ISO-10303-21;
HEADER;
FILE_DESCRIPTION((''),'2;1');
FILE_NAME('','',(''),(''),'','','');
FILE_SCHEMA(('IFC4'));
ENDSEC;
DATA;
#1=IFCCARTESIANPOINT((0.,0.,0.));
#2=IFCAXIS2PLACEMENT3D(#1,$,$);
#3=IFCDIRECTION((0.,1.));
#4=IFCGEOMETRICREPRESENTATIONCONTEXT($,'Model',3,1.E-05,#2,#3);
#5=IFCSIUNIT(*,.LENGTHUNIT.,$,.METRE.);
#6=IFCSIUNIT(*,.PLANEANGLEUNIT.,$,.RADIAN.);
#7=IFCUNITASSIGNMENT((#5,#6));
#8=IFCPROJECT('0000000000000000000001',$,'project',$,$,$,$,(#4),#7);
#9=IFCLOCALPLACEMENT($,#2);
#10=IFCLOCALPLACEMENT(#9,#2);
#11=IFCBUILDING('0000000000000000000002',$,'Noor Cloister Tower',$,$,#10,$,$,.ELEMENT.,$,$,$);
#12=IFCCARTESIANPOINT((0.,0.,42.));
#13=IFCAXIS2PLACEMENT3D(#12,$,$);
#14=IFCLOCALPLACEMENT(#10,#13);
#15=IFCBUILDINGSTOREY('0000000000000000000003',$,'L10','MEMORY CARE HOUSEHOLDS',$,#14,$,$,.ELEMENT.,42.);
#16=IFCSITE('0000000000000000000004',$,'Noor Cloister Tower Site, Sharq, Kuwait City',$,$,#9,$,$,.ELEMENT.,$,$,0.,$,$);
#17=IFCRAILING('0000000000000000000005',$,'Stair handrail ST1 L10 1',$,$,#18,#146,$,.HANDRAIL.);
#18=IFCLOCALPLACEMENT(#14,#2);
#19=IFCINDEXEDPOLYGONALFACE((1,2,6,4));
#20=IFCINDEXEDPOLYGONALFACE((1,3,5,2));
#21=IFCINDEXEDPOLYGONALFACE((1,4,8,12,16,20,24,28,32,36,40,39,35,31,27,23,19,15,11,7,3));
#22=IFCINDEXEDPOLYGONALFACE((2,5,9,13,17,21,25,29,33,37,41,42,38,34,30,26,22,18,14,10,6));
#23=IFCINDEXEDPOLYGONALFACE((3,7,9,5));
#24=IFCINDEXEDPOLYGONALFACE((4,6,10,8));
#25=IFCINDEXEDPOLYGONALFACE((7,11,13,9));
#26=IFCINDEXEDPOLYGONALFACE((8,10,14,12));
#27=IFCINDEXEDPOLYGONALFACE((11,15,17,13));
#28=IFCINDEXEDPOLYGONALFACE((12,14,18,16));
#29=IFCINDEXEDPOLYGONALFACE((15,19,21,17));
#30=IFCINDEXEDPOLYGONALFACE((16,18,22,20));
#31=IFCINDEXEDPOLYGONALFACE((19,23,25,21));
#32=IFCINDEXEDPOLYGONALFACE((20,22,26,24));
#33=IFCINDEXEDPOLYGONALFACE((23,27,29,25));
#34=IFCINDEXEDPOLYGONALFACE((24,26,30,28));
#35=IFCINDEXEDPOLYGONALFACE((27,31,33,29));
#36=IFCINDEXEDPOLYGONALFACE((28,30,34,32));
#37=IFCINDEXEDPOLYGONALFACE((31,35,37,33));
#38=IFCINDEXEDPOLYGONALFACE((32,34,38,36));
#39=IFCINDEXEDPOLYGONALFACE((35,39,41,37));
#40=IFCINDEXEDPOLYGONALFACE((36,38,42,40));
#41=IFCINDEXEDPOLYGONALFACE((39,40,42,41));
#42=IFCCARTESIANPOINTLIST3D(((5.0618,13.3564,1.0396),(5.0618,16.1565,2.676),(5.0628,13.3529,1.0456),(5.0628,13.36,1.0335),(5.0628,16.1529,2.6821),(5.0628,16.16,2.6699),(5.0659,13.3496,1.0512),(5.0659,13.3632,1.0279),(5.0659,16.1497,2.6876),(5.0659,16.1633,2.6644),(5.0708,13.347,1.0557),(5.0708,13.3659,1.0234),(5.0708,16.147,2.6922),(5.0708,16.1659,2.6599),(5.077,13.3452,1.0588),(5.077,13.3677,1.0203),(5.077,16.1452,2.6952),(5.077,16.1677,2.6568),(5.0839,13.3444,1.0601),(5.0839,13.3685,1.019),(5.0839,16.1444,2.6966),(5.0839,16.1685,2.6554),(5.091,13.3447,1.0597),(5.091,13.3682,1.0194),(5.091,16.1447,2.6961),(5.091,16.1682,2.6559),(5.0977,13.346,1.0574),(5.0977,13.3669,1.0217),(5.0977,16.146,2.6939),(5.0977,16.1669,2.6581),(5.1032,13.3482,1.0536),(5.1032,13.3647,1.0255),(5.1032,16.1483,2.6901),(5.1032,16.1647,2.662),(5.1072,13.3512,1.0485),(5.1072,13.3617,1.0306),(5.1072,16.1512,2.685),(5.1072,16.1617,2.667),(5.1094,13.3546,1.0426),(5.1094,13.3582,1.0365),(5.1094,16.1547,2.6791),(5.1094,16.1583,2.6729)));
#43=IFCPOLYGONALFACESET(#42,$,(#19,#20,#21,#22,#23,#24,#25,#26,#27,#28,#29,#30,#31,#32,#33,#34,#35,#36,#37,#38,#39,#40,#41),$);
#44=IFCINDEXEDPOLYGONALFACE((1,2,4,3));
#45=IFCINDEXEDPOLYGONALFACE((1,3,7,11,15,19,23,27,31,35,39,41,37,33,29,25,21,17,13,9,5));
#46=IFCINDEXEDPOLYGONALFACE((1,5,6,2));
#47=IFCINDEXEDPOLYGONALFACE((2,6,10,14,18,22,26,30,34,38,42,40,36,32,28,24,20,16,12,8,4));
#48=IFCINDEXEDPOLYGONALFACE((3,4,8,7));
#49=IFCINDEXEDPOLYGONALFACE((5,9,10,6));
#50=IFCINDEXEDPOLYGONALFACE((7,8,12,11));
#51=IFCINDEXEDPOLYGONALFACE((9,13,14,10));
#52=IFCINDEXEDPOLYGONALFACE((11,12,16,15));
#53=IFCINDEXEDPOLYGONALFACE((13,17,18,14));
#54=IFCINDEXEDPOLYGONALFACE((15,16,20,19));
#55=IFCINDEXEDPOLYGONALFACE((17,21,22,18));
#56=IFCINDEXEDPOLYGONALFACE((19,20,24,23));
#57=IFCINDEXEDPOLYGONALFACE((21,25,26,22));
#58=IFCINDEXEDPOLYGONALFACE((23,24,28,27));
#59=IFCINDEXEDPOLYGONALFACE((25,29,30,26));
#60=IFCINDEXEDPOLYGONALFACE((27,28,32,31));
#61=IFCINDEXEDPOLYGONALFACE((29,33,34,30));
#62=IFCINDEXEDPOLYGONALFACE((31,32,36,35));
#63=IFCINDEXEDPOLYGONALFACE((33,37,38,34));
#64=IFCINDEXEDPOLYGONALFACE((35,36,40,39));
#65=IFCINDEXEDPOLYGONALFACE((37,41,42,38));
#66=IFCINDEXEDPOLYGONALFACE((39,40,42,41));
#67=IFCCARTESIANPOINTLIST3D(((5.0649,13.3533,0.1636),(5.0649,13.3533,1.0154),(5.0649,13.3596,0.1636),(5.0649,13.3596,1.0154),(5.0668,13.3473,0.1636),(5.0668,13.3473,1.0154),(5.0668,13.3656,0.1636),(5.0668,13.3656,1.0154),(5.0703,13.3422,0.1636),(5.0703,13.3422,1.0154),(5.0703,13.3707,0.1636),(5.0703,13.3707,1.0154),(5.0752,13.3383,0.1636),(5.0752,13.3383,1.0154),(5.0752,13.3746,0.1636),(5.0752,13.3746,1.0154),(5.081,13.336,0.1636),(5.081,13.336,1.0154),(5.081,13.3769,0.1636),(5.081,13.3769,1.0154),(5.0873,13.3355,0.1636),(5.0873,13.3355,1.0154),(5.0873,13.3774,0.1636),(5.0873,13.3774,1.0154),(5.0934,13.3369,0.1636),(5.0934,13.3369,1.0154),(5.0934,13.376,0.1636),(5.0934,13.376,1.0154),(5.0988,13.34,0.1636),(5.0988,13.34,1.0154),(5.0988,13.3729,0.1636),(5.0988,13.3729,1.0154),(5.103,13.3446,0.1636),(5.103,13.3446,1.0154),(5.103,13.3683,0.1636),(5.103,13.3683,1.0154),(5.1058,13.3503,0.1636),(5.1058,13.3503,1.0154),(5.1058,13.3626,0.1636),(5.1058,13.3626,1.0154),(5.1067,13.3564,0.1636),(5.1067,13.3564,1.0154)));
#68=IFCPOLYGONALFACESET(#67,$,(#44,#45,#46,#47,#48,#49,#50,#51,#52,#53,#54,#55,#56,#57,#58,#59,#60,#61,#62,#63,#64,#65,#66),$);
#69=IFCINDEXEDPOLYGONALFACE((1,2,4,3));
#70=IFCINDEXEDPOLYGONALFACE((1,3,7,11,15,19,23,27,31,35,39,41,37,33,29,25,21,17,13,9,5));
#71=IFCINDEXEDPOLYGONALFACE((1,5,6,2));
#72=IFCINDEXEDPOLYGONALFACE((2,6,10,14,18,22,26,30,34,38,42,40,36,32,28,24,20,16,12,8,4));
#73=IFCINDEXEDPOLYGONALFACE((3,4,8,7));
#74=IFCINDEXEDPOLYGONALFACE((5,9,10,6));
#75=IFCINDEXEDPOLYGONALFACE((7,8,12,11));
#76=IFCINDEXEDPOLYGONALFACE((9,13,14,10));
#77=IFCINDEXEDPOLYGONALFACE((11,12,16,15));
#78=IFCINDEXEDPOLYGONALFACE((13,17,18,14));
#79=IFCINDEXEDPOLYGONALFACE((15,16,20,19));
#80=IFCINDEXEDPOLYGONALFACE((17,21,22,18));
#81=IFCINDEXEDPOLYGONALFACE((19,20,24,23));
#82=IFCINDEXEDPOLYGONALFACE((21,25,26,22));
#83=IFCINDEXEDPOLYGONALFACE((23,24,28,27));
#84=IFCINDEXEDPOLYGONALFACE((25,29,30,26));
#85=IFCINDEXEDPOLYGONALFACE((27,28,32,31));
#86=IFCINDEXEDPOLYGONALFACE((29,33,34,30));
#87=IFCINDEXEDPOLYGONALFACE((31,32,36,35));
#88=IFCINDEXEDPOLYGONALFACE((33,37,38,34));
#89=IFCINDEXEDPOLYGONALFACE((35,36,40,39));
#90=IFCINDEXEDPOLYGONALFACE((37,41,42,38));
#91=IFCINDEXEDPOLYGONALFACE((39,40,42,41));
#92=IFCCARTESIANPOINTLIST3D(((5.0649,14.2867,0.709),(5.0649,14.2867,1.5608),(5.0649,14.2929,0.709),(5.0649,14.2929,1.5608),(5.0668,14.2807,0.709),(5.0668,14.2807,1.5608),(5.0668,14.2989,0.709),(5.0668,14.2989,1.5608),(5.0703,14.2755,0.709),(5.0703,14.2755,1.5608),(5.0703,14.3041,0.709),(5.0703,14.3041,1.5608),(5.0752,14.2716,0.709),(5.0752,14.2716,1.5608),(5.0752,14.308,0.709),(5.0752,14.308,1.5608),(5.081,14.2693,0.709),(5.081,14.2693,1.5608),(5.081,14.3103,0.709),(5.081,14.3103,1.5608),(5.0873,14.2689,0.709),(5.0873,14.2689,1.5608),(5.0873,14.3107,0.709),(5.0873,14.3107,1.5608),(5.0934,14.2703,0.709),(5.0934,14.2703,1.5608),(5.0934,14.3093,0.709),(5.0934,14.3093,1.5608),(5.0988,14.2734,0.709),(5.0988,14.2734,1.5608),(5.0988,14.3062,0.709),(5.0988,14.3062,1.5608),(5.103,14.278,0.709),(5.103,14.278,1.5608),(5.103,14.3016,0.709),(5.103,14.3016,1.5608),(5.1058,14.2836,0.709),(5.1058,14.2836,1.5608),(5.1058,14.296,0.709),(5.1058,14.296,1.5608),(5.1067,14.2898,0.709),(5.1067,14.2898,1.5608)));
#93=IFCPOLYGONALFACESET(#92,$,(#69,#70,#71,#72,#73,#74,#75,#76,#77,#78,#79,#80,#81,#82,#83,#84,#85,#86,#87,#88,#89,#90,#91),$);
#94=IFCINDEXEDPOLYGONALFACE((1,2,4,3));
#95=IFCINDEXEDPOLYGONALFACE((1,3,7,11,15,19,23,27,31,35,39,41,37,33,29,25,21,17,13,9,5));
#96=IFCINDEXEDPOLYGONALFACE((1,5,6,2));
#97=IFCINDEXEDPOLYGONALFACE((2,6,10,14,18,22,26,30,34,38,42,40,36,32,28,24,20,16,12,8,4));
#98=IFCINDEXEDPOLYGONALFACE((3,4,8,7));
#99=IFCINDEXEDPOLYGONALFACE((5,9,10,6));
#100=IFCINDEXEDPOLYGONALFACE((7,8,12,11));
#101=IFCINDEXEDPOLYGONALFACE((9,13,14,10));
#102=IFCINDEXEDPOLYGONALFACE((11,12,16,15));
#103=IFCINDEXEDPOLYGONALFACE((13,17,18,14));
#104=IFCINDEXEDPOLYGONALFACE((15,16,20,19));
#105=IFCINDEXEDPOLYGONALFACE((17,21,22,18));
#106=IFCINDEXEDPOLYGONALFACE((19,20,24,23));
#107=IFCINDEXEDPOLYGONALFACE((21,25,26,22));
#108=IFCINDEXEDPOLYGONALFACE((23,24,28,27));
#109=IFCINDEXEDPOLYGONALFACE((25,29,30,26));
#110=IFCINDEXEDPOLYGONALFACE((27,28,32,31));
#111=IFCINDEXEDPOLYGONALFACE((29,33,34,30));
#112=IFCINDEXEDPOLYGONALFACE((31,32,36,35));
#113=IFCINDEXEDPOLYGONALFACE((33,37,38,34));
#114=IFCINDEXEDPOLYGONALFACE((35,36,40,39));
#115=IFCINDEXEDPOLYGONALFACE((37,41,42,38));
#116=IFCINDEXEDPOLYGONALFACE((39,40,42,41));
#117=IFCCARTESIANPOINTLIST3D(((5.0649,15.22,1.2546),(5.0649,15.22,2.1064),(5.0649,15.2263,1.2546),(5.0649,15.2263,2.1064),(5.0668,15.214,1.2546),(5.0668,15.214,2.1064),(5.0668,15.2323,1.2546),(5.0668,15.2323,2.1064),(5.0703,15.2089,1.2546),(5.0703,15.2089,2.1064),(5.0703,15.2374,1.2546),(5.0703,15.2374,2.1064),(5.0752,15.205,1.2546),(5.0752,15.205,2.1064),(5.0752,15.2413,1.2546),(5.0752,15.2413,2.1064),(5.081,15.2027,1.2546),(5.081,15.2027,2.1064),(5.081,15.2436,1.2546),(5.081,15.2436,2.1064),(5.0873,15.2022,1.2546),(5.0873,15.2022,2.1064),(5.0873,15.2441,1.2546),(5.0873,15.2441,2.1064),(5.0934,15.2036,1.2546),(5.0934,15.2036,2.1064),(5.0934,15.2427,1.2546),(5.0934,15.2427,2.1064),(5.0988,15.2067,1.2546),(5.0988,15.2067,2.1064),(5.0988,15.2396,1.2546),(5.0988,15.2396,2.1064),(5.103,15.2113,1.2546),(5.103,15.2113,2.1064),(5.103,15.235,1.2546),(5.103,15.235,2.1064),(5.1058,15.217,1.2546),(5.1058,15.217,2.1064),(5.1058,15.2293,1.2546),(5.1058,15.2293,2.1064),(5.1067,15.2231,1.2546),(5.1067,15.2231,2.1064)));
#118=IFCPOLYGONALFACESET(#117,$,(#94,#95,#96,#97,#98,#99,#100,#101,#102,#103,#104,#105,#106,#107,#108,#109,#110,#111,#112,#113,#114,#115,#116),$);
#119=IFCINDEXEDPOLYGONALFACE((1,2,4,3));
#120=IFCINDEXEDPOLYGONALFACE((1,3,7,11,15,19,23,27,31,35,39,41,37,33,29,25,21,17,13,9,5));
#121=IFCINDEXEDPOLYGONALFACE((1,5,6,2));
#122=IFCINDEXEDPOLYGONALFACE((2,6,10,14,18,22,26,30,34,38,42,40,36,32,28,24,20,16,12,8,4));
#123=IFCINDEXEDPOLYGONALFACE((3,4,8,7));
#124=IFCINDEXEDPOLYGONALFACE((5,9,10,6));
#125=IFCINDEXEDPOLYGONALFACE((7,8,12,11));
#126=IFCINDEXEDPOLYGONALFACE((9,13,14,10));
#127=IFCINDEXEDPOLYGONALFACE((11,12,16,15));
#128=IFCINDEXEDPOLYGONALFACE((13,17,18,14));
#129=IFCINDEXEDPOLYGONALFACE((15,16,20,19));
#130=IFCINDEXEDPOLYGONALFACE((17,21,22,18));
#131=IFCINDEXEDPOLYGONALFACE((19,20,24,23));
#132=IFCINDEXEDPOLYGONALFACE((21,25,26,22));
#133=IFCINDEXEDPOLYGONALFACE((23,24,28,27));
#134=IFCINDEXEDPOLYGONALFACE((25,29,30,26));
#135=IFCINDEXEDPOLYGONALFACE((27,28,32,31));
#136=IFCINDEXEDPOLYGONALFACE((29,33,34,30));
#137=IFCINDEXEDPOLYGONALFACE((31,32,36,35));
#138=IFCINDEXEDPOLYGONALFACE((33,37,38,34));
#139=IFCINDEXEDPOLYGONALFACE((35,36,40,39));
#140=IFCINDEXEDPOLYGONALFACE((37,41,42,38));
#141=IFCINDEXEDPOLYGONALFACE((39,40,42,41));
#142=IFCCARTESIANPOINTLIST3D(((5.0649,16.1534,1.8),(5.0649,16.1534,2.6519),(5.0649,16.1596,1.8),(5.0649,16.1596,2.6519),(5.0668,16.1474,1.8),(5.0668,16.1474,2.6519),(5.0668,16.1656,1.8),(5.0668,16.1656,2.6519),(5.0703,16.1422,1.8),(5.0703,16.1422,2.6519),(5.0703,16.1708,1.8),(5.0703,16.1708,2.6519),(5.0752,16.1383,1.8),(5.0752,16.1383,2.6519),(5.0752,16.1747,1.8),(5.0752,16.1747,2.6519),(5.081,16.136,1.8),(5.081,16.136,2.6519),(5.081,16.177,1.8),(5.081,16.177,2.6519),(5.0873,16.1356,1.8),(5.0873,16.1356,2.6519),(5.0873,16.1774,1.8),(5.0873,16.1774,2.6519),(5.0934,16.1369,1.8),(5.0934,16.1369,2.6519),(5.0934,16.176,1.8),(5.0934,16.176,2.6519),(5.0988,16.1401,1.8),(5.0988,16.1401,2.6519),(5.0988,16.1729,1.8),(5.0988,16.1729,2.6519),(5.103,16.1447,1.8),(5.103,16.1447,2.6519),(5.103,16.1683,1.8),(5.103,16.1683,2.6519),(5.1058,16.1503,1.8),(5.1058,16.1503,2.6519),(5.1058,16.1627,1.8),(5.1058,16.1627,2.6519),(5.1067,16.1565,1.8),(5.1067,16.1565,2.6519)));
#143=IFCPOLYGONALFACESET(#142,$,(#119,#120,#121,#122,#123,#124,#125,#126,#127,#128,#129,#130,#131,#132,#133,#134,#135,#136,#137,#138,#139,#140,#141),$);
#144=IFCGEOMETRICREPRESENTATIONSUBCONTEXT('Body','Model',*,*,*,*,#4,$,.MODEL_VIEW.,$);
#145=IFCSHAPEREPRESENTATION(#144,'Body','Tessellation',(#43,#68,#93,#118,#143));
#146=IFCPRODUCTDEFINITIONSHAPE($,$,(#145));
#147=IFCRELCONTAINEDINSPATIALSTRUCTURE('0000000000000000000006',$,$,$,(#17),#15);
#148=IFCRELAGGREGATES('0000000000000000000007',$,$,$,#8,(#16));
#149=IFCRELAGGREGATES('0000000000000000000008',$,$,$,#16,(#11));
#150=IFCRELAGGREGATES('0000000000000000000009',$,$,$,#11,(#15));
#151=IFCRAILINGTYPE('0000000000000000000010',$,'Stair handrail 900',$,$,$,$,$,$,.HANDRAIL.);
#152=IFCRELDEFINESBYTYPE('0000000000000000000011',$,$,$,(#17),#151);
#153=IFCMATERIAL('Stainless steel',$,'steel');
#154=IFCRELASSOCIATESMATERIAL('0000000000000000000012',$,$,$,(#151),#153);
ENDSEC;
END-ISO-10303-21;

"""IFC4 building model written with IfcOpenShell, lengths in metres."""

from ifc_helpers import new_model, si_unit, direction, frame, origin, origin_2d, place, context, subcontext, project, spatial, circle, extrude, material, type_object, element, save


model = new_model("IFC4")

# Units and contexts
model_context = context("Model", 3, precision=1e-05, world=origin(), true_north=direction((0.0, 1.0)))
body_context = subcontext(model_context, "Body", "Model", "MODEL_VIEW")
ifc_project = project(units=[si_unit("LENGTHUNIT", "METRE"), si_unit("PLANEANGLEUNIT", "RADIAN")], contexts=[model_context])

# Site, building, storey
site_placement = place(None, origin())
site = spatial("IfcSite", under=ifc_project, at=site_placement, Name="Noor Cloister Tower Site, Sharq, Kuwait City", CompositionType="ELEMENT", RefElevation=0.0)
building_placement = place(site_placement, origin())
building = spatial("IfcBuilding", under=site, at=building_placement, Name="Noor Cloister Tower", CompositionType="ELEMENT")
storey_placement = place(building_placement, frame((0.0, 0.0, 42.0)))
storey = spatial("IfcBuildingStorey", under=building, at=storey_placement, Name="L10", Description="MEMORY CARE HOUSEHOLDS", CompositionType="ELEMENT", Elevation=42.0)

# Railing
ifc_material_1 = material(Name="Stainless steel", Category="steel")
railing_type_1 = type_object("IfcRailingType", Name="Stair handrail 900", PredefinedType="HANDRAIL", material=ifc_material_1)
railing_1_placement = place(storey_placement, frame((5.0857, 13.3564, 0.1636)))
element("IfcRailing", 1, at=railing_1_placement, inside=storey, type_object=railing_type_1, Name="Stair handrail ST1 L10 1", PredefinedType="HANDRAIL", context=body_context, shape_type="SweptSolid", body=[
    extrude(circle(Radius=0.0239, at=origin_2d()), frame((0.0, 0.0, 0.876), z_axis=(0.0, 0.863361, 0.504587), x_axis=(-1.0, 0.0, 0.0)), (0.0, 0.0, 1.0), 3.2432),
    extrude(circle(Radius=0.021, at=origin_2d()), origin(), (0.0, 0.0, 1.0), 0.8518),
    extrude(circle(Radius=0.021, at=origin_2d()), frame((0.0, 0.9333, 0.5454)), (0.0, 0.0, 1.0), 0.8518),
    extrude(circle(Radius=0.021, at=origin_2d()), frame((0.0, 1.8667, 1.0911)), (0.0, 0.0, 1.0), 0.8518),
    extrude(circle(Radius=0.021, at=origin_2d()), frame((0.0, 2.8, 1.6365)), (0.0, 0.0, 1.0), 0.8518),
])

save(model, "model.ifc")
